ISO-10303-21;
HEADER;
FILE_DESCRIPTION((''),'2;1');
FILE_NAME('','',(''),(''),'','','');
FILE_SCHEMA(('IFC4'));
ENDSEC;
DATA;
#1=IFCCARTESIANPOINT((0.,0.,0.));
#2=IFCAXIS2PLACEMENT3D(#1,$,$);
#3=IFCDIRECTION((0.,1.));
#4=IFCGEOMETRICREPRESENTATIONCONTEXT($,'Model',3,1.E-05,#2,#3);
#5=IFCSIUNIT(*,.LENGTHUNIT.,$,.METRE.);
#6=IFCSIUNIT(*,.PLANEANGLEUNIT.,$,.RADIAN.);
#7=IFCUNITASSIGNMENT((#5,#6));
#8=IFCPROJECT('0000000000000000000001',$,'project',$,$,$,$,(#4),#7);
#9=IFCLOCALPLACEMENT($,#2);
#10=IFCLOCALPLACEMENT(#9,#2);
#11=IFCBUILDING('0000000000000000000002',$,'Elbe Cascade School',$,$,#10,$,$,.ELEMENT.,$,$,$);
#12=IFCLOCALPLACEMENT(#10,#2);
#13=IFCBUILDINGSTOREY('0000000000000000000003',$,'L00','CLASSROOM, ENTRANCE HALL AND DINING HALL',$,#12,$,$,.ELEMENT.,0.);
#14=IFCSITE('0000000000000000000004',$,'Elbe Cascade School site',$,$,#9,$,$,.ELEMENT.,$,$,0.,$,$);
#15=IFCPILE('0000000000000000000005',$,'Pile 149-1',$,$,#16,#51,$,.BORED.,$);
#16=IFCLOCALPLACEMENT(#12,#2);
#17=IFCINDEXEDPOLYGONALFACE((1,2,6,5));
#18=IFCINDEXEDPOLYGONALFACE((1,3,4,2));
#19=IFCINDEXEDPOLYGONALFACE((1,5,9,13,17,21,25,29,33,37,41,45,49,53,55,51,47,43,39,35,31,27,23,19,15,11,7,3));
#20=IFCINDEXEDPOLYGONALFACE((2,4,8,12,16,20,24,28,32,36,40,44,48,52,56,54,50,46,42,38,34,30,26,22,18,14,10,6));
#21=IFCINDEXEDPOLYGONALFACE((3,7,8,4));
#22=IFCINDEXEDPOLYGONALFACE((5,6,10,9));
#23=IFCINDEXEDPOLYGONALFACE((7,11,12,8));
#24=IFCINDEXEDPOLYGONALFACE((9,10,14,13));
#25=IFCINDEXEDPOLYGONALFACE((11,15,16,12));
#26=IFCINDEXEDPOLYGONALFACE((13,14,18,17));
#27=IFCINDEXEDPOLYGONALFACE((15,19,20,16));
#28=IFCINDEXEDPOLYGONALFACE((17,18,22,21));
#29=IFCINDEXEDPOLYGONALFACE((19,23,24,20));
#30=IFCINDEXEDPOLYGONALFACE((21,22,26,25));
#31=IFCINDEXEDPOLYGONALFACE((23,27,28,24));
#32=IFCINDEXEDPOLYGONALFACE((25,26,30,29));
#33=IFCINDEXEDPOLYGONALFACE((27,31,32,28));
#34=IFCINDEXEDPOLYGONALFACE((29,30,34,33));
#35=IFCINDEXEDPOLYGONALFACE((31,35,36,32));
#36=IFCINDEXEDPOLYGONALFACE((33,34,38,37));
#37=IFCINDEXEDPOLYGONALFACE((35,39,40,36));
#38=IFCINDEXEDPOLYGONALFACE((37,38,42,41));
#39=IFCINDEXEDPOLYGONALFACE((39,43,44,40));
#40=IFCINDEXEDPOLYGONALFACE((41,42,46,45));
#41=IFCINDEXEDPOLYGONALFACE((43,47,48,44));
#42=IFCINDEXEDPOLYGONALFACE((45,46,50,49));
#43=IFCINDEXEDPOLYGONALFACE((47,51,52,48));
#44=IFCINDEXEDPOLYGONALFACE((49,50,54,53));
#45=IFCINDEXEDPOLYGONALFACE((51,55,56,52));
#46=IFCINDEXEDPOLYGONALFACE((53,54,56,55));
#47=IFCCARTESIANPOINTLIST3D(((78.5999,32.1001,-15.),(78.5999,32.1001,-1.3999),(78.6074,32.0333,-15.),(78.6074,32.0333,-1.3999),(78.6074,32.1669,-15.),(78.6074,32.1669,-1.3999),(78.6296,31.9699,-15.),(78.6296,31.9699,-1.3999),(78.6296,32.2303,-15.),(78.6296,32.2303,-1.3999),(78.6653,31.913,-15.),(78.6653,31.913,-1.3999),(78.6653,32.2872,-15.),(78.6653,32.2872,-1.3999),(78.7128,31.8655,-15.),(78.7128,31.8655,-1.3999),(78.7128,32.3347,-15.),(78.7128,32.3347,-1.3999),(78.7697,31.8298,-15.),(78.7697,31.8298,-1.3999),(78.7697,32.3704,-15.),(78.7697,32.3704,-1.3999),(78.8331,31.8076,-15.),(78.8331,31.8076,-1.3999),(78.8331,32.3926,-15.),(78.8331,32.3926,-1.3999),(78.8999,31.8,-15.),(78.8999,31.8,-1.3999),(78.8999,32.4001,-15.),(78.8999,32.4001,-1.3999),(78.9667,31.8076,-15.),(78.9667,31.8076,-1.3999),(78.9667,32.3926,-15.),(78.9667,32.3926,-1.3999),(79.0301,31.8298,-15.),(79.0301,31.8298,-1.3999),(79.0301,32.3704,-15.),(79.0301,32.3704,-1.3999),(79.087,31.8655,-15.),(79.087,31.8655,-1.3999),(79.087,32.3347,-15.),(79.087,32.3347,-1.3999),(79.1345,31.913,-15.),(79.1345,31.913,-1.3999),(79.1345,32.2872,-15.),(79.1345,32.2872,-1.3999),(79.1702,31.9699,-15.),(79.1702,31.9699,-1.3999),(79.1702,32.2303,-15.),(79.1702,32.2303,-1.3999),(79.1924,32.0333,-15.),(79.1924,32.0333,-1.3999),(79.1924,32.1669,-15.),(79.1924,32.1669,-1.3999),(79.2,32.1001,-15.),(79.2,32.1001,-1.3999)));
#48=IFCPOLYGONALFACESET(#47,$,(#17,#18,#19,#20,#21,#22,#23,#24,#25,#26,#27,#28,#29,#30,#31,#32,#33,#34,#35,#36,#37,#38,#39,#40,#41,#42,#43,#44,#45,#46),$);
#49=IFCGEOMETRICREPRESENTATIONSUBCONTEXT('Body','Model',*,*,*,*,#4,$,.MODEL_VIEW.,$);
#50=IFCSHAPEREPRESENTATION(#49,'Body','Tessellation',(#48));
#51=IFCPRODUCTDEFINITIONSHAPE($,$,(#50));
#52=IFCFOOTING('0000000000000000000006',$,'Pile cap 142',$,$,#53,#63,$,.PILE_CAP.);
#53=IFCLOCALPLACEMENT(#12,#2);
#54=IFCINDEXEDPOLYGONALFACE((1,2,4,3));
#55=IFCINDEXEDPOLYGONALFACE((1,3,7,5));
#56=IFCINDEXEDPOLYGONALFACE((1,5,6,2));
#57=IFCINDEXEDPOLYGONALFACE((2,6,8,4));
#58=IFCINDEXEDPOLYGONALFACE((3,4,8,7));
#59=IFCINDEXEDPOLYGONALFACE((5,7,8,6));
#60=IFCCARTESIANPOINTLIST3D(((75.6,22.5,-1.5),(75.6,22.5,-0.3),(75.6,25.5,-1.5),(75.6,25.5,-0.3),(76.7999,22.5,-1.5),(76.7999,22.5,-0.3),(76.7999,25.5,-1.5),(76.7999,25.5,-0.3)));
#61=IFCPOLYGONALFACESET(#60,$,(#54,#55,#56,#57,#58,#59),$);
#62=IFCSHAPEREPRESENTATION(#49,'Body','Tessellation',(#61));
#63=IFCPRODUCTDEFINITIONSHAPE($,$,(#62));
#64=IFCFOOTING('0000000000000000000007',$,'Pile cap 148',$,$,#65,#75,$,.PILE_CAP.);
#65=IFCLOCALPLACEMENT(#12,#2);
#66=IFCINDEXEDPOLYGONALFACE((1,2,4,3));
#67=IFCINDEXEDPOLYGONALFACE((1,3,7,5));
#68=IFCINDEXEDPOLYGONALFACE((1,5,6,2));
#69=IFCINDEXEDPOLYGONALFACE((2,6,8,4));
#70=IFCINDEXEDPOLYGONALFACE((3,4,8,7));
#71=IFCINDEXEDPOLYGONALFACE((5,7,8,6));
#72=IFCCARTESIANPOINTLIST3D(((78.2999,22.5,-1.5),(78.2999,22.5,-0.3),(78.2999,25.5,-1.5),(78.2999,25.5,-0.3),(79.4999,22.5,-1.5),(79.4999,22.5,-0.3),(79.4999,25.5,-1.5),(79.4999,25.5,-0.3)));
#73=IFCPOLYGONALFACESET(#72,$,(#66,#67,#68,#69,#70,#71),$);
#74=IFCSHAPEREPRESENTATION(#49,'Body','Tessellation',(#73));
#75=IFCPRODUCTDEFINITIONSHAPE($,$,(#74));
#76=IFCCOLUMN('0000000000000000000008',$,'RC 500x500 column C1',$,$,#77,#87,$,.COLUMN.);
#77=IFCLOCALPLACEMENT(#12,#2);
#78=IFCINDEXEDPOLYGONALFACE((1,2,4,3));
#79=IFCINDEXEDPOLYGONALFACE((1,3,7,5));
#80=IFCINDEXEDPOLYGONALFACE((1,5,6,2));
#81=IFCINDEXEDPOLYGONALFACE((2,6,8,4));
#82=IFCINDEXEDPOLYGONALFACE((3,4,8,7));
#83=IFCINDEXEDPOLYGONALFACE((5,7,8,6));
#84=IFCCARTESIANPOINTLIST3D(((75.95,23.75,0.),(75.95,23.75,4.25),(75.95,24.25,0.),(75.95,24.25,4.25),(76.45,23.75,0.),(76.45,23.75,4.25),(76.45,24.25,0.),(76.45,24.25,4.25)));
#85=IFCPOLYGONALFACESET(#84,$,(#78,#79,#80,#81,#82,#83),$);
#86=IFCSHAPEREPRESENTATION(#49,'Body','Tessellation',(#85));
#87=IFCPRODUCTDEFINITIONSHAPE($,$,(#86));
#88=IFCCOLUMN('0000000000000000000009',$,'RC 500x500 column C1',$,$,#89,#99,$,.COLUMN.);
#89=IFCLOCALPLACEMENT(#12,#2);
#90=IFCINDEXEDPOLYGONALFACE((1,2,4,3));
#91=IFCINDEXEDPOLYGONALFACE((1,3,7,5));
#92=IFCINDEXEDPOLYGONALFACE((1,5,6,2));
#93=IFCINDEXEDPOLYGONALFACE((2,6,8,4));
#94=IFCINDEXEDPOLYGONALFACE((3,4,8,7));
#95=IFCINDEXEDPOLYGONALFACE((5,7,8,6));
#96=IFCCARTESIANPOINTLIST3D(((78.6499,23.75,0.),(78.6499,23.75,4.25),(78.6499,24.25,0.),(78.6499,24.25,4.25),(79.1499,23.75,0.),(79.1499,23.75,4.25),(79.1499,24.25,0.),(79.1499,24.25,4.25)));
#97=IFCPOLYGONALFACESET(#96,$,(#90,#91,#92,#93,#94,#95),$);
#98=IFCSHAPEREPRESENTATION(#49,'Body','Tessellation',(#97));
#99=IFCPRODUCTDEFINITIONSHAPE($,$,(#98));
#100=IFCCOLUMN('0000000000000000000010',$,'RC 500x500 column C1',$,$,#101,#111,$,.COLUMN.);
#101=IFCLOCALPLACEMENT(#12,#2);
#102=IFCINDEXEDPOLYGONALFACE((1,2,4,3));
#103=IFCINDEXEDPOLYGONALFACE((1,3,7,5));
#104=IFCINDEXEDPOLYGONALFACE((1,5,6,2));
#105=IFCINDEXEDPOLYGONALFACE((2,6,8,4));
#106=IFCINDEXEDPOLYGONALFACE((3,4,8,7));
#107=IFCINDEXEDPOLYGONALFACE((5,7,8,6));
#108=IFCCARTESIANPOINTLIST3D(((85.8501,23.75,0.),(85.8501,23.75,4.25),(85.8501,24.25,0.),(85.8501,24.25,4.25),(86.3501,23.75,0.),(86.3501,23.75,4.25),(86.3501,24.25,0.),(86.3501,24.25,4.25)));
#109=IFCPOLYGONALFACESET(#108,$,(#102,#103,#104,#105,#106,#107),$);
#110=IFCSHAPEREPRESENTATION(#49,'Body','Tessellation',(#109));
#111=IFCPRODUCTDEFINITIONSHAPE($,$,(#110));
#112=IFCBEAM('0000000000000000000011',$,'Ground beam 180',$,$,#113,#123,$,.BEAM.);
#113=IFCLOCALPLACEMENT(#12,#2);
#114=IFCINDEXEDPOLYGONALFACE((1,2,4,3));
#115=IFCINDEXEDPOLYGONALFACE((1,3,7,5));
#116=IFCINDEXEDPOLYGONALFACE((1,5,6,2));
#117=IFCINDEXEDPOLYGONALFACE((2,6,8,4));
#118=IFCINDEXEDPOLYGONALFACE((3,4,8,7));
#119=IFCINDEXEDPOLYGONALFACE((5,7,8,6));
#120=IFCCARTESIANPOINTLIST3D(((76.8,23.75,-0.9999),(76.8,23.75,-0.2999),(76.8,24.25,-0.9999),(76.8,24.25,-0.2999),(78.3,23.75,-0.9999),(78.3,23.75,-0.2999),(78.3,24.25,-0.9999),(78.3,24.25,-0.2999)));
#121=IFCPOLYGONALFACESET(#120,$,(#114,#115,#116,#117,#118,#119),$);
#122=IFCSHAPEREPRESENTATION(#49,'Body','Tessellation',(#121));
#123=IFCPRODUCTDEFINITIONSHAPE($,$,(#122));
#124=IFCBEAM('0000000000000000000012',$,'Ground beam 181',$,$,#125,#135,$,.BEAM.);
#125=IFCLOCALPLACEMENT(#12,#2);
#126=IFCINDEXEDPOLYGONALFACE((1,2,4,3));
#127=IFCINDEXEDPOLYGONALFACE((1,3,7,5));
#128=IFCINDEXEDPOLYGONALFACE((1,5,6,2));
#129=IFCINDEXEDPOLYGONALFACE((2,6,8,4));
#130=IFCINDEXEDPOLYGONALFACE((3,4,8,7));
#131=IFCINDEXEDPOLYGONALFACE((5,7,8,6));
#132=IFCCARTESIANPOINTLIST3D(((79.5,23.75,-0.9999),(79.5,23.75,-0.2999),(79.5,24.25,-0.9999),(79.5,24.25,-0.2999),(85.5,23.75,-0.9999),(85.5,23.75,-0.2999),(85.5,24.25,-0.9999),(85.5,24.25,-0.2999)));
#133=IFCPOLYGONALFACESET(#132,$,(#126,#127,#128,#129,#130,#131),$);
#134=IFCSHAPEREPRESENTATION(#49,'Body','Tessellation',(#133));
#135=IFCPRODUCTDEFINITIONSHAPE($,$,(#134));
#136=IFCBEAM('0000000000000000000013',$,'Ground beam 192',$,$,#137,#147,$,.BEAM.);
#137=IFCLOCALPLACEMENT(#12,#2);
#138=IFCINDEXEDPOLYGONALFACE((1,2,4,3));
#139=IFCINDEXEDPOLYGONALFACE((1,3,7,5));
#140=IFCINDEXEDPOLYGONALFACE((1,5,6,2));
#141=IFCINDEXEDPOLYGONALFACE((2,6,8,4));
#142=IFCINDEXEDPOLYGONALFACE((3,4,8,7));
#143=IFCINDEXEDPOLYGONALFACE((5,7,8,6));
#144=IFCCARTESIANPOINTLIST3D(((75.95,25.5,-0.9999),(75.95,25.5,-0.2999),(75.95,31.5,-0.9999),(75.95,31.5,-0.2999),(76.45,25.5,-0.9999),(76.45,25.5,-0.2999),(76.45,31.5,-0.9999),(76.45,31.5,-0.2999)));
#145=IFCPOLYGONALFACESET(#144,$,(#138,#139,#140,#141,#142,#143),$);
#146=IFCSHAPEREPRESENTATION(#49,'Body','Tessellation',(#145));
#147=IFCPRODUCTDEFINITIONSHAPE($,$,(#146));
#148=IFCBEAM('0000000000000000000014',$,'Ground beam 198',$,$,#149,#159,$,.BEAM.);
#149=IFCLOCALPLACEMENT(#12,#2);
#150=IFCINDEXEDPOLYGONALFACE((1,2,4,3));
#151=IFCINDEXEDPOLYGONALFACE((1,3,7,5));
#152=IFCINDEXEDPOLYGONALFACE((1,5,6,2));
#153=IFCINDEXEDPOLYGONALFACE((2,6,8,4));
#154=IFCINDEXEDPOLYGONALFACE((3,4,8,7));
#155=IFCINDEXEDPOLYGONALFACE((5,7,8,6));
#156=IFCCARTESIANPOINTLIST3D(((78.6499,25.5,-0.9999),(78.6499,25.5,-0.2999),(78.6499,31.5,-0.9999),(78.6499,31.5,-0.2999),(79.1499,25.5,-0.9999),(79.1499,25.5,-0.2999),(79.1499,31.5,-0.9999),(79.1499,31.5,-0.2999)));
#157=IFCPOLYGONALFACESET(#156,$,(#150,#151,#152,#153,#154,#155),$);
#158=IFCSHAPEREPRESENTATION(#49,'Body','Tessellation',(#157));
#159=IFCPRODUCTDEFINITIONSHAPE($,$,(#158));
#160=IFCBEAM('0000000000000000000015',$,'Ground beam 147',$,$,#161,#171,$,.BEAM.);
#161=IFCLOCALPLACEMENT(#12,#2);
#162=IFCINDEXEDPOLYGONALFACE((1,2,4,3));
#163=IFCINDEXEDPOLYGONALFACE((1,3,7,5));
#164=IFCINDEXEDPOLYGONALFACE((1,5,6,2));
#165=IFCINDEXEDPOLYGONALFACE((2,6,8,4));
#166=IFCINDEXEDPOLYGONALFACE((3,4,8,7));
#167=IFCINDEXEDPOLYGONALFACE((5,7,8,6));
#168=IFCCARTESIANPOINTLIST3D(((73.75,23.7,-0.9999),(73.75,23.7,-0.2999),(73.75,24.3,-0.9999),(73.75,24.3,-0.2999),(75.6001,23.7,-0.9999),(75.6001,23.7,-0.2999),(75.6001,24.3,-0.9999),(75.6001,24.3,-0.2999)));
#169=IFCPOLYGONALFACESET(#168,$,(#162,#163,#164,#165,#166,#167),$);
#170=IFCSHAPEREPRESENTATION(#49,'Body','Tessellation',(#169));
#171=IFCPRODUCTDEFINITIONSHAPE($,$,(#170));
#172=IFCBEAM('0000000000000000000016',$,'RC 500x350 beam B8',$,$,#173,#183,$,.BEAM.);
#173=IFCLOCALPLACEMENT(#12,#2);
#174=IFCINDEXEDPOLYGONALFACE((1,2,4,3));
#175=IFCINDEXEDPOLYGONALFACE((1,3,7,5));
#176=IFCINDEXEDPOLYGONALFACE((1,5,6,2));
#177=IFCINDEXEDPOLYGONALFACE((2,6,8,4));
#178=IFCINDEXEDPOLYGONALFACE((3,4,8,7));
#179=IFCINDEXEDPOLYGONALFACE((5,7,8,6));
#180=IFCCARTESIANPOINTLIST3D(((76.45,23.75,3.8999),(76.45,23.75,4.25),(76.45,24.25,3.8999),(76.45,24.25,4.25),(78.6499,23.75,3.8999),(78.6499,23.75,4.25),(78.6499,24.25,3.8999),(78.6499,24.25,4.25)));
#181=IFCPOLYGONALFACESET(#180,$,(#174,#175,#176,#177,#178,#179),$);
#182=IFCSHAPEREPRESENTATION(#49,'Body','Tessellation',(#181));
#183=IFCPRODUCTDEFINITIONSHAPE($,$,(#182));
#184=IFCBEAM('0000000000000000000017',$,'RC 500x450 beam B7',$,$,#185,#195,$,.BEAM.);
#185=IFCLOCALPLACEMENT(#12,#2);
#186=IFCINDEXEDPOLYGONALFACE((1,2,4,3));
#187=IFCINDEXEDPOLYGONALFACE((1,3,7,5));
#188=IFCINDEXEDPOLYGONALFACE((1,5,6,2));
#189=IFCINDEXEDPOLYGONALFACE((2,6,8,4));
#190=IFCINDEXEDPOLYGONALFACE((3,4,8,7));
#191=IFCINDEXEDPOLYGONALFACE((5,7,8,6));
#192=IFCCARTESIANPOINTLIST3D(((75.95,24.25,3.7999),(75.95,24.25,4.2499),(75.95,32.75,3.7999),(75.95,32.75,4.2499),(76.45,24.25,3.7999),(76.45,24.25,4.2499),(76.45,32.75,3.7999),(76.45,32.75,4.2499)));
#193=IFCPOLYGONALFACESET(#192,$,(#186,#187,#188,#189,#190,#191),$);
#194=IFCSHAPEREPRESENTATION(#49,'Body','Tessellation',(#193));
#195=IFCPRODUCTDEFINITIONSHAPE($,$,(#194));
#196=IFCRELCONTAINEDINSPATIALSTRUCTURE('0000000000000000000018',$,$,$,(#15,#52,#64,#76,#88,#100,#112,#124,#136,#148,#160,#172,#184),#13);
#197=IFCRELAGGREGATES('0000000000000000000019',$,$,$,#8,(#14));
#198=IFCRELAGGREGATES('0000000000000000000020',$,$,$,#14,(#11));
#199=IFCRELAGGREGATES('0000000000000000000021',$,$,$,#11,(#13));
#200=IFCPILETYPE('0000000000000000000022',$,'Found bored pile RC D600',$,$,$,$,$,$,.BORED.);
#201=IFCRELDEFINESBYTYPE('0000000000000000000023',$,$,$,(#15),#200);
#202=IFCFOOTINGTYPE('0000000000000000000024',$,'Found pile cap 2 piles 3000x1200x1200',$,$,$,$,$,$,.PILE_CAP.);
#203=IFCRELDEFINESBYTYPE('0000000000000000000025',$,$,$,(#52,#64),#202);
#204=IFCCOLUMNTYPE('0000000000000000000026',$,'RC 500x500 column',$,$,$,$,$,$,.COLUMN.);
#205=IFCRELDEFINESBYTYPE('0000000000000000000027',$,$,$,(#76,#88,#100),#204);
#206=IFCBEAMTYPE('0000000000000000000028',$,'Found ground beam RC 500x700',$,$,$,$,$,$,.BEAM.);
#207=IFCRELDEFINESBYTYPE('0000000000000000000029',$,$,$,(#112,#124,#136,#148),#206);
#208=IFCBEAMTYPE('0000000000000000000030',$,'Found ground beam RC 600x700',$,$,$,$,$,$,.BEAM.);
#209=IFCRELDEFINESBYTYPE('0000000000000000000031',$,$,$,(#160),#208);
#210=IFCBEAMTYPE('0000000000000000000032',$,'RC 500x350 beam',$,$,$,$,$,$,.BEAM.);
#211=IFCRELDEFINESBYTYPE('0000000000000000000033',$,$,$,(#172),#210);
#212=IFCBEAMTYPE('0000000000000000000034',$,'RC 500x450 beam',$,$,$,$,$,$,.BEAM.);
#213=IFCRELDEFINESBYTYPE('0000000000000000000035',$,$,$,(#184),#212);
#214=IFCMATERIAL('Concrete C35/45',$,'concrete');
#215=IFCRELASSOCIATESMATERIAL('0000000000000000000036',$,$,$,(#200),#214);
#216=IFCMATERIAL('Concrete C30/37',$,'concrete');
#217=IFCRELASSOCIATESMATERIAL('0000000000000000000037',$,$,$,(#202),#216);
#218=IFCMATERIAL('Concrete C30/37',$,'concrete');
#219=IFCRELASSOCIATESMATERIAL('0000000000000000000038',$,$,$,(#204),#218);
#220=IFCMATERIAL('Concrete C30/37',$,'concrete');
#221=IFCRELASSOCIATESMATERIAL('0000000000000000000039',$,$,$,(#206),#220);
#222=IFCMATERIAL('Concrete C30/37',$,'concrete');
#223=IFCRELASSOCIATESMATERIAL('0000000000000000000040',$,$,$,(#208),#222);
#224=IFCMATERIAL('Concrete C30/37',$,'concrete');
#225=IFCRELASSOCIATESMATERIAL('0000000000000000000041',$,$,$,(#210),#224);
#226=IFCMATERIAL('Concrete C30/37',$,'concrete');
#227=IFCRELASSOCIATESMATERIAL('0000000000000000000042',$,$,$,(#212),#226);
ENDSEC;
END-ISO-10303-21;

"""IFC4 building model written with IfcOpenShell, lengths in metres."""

from ifc_helpers import new_model, si_unit, direction, frame, origin, origin_2d, place, context, subcontext, project, spatial, rectangle, circle, extrude, material, material_profile, profile_set, type_object, element, save


model = new_model("IFC4")

# Units and contexts
model_context = context("Model", 3, precision=1e-05, world=origin(), true_north=direction((0.0, 1.0)))
body_context = subcontext(model_context, "Body", "Model", "MODEL_VIEW")
ifc_project = project(units=[si_unit("LENGTHUNIT", "METRE"), si_unit("PLANEANGLEUNIT", "RADIAN")], contexts=[model_context])

# Site, building, storey
site_placement = place(None, origin())
site = spatial("IfcSite", under=ifc_project, at=site_placement, Name="Elbe Cascade School site", CompositionType="ELEMENT", RefElevation=0.0)
building_placement = place(site_placement, origin())
building = spatial("IfcBuilding", under=site, at=building_placement, Name="Elbe Cascade School", CompositionType="ELEMENT")
storey_placement = place(building_placement, origin())
storey = spatial("IfcBuildingStorey", under=building, at=storey_placement, Name="L00", Description="CLASSROOM, ENTRANCE HALL AND DINING HALL", CompositionType="ELEMENT", Elevation=0.0)

# Pile
ifc_material_1 = material(Name="Concrete C35/45", Category="concrete")
ifc_material_profile_1 = material_profile(ifc_material_1, circle(Radius=0.3, at=origin_2d()), Name="RC D600")
ifc_profile_set_1 = profile_set([ifc_material_profile_1], Name="Concrete C35/45")
pile_type = type_object("IfcPileType", Name="Found bored pile RC D600", PredefinedType="BORED", material=ifc_profile_set_1)
for number, where, z_axis, x_axis, name in (
    (1, (78.8999, 32.1001, -1.3999), (0.0, 0.0, -1.0), (1.0, 0.0, 0.0), "Pile 149-1"),
):
    element("IfcPile", number, at=place(storey_placement, frame(where, z_axis=z_axis, x_axis=x_axis)), inside=storey, type_object=pile_type, Name=name, PredefinedType="BORED", context=body_context, shape_type="SweptSolid", body=[
        extrude(circle(Radius=0.3, at=origin_2d()), origin(), (0.0, 0.0, 1.0), 13.6001),
    ])

# Footings
ifc_material_2 = material(Name="Concrete C30/37", Category="concrete")
footing_type = type_object("IfcFootingType", Name="Found pile cap 2 piles 3000x1200x1200", PredefinedType="PILE_CAP", material=ifc_material_2)
for number, where, z_axis, x_axis, name in (
    (2, (76.2, 24.0, -1.5), (0.0, 0.0, 1.0), (1.0, 0.0, 0.0), "Pile cap 142"),
    (3, (78.8999, 24.0, -1.5), (0.0, 0.0, 1.0), (1.0, 0.0, 0.0), "Pile cap 148"),
):
    element("IfcFooting", number, at=place(storey_placement, frame(where, z_axis=z_axis, x_axis=x_axis)), inside=storey, type_object=footing_type, Name=name, PredefinedType="PILE_CAP", context=body_context, shape_type="SweptSolid", body=[
        extrude(rectangle(XDim=1.2, YDim=3.0, at=origin_2d()), origin(), (0.0, 0.0, 1.0), 1.2),
    ])

# Columns
ifc_material_3 = material(Name="Concrete C30/37", Category="concrete")
ifc_material_profile_2 = material_profile(ifc_material_3, rectangle(XDim=0.5, YDim=0.5, at=origin_2d()), Name="RC 500x500")
ifc_profile_set_2 = profile_set([ifc_material_profile_2], Name="Concrete C30/37")
column_type = type_object("IfcColumnType", Name="RC 500x500 column", PredefinedType="COLUMN", material=ifc_profile_set_2)
for number, where, z_axis, x_axis, name in (
    (4, (76.2, 24.0, 0.0), (0.0, 0.0, 1.0), (1.0, 0.0, 0.0), "RC 500x500 column C1"),
    (5, (78.8999, 24.0, 0.0), (0.0, 0.0, 1.0), (1.0, 0.0, 0.0), "RC 500x500 column C1"),
    (6, (86.1001, 24.0, 0.0), (0.0, 0.0, 1.0), (1.0, 0.0, 0.0), "RC 500x500 column C1"),
):
    element("IfcColumn", number, at=place(storey_placement, frame(where, z_axis=z_axis, x_axis=x_axis)), inside=storey, type_object=column_type, Name=name, PredefinedType="COLUMN", context=body_context, shape_type="SweptSolid", body=[
        extrude(rectangle(XDim=0.5, YDim=0.5, at=origin_2d()), origin(), (0.0, 0.0, 1.0), 4.25),
    ])

# Beams
ifc_material_4 = material(Name="Concrete C30/37", Category="concrete")
ifc_material_profile_3 = material_profile(ifc_material_4, rectangle(XDim=0.5, YDim=0.7, at=origin_2d()), Name="RC 500x700")
ifc_profile_set_3 = profile_set([ifc_material_profile_3], Name="Concrete C30/37")
beam_type_1 = type_object("IfcBeamType", Name="Found ground beam RC 500x700", PredefinedType="BEAM", material=ifc_profile_set_3)
beam_1_placement = place(storey_placement, frame((76.8, 24.0, -0.6499), z_axis=(1.0, 0.0, 0.0), x_axis=(0.0, 1.0, 0.0)))
element("IfcBeam", 7, at=beam_1_placement, inside=storey, type_object=beam_type_1, Name="Ground beam 180", PredefinedType="BEAM", context=body_context, shape_type="SweptSolid", body=[
    extrude(rectangle(XDim=0.5, YDim=0.7, at=origin_2d()), origin(), (0.0, 0.0, 1.0), 1.5),
])
for number, where, z_axis, x_axis, name in (
    (8, (79.5, 24.0, -0.6499), (1.0, 0.0, 0.0), (0.0, 1.0, 0.0), "Ground beam 181"),
    (9, (76.2, 25.5, -0.6499), (0.0, 1.0, 0.0), (-1.0, 0.0, 0.0), "Ground beam 192"),
    (10, (78.8999, 25.5, -0.6499), (0.0, 1.0, 0.0), (-1.0, 0.0, 0.0), "Ground beam 198"),
):
    element("IfcBeam", number, at=place(storey_placement, frame(where, z_axis=z_axis, x_axis=x_axis)), inside=storey, type_object=beam_type_1, Name=name, PredefinedType="BEAM", context=body_context, shape_type="SweptSolid", body=[
        extrude(rectangle(XDim=0.5, YDim=0.7, at=origin_2d()), origin(), (0.0, 0.0, 1.0), 6.0),
    ])
ifc_material_5 = material(Name="Concrete C30/37", Category="concrete")
ifc_material_profile_4 = material_profile(ifc_material_5, rectangle(XDim=0.6001, YDim=0.7, at=origin_2d()), Name="RC 600x700")
ifc_profile_set_4 = profile_set([ifc_material_profile_4], Name="Concrete C30/37")
beam_type_2 = type_object("IfcBeamType", Name="Found ground beam RC 600x700", PredefinedType="BEAM", material=ifc_profile_set_4)
beam_2_placement = place(storey_placement, frame((73.75, 24.0, -0.6499), z_axis=(1.0, 0.0, 0.0), x_axis=(0.0, 1.0, 0.0)))
element("IfcBeam", 11, at=beam_2_placement, inside=storey, type_object=beam_type_2, Name="Ground beam 147", PredefinedType="BEAM", context=body_context, shape_type="SweptSolid", body=[
    extrude(rectangle(XDim=0.6001, YDim=0.7, at=origin_2d()), origin(), (0.0, 0.0, 1.0), 1.8501),
])
ifc_material_6 = material(Name="Concrete C30/37", Category="concrete")
ifc_material_profile_5 = material_profile(ifc_material_6, rectangle(XDim=0.5, YDim=0.3501, at=origin_2d()), Name="RC 500x350")
ifc_profile_set_5 = profile_set([ifc_material_profile_5], Name="Concrete C30/37")
beam_type_3 = type_object("IfcBeamType", Name="RC 500x350 beam", PredefinedType="BEAM", material=ifc_profile_set_5)
beam_3_placement = place(storey_placement, frame((76.45, 24.0, 4.075), z_axis=(1.0, 0.0, 0.0), x_axis=(0.0, 1.0, 0.0)))
element("IfcBeam", 12, at=beam_3_placement, inside=storey, type_object=beam_type_3, Name="RC 500x350 beam B8", PredefinedType="BEAM", context=body_context, shape_type="SweptSolid", body=[
    extrude(rectangle(XDim=0.5, YDim=0.3501, at=origin_2d()), origin(), (0.0, 0.0, 1.0), 2.2),
])
ifc_material_7 = material(Name="Concrete C30/37", Category="concrete")
ifc_material_profile_6 = material_profile(ifc_material_7, rectangle(XDim=0.5, YDim=0.45, at=origin_2d()), Name="RC 500x450")
ifc_profile_set_6 = profile_set([ifc_material_profile_6], Name="Concrete C30/37")
beam_type_4 = type_object("IfcBeamType", Name="RC 500x450 beam", PredefinedType="BEAM", material=ifc_profile_set_6)
for number, where, z_axis, x_axis, name in (
    (13, (76.2, 24.25, 4.0249), (0.0, 1.0, 0.0), (-1.0, 0.0, 0.0), "RC 500x450 beam B7"),
):
    element("IfcBeam", number, at=place(storey_placement, frame(where, z_axis=z_axis, x_axis=x_axis)), inside=storey, type_object=beam_type_4, Name=name, PredefinedType="BEAM", context=body_context, shape_type="SweptSolid", body=[
        extrude(rectangle(XDim=0.5, YDim=0.45, at=origin_2d()), origin(), (0.0, 0.0, 1.0), 8.5),
    ])

save(model, "model.ifc")
